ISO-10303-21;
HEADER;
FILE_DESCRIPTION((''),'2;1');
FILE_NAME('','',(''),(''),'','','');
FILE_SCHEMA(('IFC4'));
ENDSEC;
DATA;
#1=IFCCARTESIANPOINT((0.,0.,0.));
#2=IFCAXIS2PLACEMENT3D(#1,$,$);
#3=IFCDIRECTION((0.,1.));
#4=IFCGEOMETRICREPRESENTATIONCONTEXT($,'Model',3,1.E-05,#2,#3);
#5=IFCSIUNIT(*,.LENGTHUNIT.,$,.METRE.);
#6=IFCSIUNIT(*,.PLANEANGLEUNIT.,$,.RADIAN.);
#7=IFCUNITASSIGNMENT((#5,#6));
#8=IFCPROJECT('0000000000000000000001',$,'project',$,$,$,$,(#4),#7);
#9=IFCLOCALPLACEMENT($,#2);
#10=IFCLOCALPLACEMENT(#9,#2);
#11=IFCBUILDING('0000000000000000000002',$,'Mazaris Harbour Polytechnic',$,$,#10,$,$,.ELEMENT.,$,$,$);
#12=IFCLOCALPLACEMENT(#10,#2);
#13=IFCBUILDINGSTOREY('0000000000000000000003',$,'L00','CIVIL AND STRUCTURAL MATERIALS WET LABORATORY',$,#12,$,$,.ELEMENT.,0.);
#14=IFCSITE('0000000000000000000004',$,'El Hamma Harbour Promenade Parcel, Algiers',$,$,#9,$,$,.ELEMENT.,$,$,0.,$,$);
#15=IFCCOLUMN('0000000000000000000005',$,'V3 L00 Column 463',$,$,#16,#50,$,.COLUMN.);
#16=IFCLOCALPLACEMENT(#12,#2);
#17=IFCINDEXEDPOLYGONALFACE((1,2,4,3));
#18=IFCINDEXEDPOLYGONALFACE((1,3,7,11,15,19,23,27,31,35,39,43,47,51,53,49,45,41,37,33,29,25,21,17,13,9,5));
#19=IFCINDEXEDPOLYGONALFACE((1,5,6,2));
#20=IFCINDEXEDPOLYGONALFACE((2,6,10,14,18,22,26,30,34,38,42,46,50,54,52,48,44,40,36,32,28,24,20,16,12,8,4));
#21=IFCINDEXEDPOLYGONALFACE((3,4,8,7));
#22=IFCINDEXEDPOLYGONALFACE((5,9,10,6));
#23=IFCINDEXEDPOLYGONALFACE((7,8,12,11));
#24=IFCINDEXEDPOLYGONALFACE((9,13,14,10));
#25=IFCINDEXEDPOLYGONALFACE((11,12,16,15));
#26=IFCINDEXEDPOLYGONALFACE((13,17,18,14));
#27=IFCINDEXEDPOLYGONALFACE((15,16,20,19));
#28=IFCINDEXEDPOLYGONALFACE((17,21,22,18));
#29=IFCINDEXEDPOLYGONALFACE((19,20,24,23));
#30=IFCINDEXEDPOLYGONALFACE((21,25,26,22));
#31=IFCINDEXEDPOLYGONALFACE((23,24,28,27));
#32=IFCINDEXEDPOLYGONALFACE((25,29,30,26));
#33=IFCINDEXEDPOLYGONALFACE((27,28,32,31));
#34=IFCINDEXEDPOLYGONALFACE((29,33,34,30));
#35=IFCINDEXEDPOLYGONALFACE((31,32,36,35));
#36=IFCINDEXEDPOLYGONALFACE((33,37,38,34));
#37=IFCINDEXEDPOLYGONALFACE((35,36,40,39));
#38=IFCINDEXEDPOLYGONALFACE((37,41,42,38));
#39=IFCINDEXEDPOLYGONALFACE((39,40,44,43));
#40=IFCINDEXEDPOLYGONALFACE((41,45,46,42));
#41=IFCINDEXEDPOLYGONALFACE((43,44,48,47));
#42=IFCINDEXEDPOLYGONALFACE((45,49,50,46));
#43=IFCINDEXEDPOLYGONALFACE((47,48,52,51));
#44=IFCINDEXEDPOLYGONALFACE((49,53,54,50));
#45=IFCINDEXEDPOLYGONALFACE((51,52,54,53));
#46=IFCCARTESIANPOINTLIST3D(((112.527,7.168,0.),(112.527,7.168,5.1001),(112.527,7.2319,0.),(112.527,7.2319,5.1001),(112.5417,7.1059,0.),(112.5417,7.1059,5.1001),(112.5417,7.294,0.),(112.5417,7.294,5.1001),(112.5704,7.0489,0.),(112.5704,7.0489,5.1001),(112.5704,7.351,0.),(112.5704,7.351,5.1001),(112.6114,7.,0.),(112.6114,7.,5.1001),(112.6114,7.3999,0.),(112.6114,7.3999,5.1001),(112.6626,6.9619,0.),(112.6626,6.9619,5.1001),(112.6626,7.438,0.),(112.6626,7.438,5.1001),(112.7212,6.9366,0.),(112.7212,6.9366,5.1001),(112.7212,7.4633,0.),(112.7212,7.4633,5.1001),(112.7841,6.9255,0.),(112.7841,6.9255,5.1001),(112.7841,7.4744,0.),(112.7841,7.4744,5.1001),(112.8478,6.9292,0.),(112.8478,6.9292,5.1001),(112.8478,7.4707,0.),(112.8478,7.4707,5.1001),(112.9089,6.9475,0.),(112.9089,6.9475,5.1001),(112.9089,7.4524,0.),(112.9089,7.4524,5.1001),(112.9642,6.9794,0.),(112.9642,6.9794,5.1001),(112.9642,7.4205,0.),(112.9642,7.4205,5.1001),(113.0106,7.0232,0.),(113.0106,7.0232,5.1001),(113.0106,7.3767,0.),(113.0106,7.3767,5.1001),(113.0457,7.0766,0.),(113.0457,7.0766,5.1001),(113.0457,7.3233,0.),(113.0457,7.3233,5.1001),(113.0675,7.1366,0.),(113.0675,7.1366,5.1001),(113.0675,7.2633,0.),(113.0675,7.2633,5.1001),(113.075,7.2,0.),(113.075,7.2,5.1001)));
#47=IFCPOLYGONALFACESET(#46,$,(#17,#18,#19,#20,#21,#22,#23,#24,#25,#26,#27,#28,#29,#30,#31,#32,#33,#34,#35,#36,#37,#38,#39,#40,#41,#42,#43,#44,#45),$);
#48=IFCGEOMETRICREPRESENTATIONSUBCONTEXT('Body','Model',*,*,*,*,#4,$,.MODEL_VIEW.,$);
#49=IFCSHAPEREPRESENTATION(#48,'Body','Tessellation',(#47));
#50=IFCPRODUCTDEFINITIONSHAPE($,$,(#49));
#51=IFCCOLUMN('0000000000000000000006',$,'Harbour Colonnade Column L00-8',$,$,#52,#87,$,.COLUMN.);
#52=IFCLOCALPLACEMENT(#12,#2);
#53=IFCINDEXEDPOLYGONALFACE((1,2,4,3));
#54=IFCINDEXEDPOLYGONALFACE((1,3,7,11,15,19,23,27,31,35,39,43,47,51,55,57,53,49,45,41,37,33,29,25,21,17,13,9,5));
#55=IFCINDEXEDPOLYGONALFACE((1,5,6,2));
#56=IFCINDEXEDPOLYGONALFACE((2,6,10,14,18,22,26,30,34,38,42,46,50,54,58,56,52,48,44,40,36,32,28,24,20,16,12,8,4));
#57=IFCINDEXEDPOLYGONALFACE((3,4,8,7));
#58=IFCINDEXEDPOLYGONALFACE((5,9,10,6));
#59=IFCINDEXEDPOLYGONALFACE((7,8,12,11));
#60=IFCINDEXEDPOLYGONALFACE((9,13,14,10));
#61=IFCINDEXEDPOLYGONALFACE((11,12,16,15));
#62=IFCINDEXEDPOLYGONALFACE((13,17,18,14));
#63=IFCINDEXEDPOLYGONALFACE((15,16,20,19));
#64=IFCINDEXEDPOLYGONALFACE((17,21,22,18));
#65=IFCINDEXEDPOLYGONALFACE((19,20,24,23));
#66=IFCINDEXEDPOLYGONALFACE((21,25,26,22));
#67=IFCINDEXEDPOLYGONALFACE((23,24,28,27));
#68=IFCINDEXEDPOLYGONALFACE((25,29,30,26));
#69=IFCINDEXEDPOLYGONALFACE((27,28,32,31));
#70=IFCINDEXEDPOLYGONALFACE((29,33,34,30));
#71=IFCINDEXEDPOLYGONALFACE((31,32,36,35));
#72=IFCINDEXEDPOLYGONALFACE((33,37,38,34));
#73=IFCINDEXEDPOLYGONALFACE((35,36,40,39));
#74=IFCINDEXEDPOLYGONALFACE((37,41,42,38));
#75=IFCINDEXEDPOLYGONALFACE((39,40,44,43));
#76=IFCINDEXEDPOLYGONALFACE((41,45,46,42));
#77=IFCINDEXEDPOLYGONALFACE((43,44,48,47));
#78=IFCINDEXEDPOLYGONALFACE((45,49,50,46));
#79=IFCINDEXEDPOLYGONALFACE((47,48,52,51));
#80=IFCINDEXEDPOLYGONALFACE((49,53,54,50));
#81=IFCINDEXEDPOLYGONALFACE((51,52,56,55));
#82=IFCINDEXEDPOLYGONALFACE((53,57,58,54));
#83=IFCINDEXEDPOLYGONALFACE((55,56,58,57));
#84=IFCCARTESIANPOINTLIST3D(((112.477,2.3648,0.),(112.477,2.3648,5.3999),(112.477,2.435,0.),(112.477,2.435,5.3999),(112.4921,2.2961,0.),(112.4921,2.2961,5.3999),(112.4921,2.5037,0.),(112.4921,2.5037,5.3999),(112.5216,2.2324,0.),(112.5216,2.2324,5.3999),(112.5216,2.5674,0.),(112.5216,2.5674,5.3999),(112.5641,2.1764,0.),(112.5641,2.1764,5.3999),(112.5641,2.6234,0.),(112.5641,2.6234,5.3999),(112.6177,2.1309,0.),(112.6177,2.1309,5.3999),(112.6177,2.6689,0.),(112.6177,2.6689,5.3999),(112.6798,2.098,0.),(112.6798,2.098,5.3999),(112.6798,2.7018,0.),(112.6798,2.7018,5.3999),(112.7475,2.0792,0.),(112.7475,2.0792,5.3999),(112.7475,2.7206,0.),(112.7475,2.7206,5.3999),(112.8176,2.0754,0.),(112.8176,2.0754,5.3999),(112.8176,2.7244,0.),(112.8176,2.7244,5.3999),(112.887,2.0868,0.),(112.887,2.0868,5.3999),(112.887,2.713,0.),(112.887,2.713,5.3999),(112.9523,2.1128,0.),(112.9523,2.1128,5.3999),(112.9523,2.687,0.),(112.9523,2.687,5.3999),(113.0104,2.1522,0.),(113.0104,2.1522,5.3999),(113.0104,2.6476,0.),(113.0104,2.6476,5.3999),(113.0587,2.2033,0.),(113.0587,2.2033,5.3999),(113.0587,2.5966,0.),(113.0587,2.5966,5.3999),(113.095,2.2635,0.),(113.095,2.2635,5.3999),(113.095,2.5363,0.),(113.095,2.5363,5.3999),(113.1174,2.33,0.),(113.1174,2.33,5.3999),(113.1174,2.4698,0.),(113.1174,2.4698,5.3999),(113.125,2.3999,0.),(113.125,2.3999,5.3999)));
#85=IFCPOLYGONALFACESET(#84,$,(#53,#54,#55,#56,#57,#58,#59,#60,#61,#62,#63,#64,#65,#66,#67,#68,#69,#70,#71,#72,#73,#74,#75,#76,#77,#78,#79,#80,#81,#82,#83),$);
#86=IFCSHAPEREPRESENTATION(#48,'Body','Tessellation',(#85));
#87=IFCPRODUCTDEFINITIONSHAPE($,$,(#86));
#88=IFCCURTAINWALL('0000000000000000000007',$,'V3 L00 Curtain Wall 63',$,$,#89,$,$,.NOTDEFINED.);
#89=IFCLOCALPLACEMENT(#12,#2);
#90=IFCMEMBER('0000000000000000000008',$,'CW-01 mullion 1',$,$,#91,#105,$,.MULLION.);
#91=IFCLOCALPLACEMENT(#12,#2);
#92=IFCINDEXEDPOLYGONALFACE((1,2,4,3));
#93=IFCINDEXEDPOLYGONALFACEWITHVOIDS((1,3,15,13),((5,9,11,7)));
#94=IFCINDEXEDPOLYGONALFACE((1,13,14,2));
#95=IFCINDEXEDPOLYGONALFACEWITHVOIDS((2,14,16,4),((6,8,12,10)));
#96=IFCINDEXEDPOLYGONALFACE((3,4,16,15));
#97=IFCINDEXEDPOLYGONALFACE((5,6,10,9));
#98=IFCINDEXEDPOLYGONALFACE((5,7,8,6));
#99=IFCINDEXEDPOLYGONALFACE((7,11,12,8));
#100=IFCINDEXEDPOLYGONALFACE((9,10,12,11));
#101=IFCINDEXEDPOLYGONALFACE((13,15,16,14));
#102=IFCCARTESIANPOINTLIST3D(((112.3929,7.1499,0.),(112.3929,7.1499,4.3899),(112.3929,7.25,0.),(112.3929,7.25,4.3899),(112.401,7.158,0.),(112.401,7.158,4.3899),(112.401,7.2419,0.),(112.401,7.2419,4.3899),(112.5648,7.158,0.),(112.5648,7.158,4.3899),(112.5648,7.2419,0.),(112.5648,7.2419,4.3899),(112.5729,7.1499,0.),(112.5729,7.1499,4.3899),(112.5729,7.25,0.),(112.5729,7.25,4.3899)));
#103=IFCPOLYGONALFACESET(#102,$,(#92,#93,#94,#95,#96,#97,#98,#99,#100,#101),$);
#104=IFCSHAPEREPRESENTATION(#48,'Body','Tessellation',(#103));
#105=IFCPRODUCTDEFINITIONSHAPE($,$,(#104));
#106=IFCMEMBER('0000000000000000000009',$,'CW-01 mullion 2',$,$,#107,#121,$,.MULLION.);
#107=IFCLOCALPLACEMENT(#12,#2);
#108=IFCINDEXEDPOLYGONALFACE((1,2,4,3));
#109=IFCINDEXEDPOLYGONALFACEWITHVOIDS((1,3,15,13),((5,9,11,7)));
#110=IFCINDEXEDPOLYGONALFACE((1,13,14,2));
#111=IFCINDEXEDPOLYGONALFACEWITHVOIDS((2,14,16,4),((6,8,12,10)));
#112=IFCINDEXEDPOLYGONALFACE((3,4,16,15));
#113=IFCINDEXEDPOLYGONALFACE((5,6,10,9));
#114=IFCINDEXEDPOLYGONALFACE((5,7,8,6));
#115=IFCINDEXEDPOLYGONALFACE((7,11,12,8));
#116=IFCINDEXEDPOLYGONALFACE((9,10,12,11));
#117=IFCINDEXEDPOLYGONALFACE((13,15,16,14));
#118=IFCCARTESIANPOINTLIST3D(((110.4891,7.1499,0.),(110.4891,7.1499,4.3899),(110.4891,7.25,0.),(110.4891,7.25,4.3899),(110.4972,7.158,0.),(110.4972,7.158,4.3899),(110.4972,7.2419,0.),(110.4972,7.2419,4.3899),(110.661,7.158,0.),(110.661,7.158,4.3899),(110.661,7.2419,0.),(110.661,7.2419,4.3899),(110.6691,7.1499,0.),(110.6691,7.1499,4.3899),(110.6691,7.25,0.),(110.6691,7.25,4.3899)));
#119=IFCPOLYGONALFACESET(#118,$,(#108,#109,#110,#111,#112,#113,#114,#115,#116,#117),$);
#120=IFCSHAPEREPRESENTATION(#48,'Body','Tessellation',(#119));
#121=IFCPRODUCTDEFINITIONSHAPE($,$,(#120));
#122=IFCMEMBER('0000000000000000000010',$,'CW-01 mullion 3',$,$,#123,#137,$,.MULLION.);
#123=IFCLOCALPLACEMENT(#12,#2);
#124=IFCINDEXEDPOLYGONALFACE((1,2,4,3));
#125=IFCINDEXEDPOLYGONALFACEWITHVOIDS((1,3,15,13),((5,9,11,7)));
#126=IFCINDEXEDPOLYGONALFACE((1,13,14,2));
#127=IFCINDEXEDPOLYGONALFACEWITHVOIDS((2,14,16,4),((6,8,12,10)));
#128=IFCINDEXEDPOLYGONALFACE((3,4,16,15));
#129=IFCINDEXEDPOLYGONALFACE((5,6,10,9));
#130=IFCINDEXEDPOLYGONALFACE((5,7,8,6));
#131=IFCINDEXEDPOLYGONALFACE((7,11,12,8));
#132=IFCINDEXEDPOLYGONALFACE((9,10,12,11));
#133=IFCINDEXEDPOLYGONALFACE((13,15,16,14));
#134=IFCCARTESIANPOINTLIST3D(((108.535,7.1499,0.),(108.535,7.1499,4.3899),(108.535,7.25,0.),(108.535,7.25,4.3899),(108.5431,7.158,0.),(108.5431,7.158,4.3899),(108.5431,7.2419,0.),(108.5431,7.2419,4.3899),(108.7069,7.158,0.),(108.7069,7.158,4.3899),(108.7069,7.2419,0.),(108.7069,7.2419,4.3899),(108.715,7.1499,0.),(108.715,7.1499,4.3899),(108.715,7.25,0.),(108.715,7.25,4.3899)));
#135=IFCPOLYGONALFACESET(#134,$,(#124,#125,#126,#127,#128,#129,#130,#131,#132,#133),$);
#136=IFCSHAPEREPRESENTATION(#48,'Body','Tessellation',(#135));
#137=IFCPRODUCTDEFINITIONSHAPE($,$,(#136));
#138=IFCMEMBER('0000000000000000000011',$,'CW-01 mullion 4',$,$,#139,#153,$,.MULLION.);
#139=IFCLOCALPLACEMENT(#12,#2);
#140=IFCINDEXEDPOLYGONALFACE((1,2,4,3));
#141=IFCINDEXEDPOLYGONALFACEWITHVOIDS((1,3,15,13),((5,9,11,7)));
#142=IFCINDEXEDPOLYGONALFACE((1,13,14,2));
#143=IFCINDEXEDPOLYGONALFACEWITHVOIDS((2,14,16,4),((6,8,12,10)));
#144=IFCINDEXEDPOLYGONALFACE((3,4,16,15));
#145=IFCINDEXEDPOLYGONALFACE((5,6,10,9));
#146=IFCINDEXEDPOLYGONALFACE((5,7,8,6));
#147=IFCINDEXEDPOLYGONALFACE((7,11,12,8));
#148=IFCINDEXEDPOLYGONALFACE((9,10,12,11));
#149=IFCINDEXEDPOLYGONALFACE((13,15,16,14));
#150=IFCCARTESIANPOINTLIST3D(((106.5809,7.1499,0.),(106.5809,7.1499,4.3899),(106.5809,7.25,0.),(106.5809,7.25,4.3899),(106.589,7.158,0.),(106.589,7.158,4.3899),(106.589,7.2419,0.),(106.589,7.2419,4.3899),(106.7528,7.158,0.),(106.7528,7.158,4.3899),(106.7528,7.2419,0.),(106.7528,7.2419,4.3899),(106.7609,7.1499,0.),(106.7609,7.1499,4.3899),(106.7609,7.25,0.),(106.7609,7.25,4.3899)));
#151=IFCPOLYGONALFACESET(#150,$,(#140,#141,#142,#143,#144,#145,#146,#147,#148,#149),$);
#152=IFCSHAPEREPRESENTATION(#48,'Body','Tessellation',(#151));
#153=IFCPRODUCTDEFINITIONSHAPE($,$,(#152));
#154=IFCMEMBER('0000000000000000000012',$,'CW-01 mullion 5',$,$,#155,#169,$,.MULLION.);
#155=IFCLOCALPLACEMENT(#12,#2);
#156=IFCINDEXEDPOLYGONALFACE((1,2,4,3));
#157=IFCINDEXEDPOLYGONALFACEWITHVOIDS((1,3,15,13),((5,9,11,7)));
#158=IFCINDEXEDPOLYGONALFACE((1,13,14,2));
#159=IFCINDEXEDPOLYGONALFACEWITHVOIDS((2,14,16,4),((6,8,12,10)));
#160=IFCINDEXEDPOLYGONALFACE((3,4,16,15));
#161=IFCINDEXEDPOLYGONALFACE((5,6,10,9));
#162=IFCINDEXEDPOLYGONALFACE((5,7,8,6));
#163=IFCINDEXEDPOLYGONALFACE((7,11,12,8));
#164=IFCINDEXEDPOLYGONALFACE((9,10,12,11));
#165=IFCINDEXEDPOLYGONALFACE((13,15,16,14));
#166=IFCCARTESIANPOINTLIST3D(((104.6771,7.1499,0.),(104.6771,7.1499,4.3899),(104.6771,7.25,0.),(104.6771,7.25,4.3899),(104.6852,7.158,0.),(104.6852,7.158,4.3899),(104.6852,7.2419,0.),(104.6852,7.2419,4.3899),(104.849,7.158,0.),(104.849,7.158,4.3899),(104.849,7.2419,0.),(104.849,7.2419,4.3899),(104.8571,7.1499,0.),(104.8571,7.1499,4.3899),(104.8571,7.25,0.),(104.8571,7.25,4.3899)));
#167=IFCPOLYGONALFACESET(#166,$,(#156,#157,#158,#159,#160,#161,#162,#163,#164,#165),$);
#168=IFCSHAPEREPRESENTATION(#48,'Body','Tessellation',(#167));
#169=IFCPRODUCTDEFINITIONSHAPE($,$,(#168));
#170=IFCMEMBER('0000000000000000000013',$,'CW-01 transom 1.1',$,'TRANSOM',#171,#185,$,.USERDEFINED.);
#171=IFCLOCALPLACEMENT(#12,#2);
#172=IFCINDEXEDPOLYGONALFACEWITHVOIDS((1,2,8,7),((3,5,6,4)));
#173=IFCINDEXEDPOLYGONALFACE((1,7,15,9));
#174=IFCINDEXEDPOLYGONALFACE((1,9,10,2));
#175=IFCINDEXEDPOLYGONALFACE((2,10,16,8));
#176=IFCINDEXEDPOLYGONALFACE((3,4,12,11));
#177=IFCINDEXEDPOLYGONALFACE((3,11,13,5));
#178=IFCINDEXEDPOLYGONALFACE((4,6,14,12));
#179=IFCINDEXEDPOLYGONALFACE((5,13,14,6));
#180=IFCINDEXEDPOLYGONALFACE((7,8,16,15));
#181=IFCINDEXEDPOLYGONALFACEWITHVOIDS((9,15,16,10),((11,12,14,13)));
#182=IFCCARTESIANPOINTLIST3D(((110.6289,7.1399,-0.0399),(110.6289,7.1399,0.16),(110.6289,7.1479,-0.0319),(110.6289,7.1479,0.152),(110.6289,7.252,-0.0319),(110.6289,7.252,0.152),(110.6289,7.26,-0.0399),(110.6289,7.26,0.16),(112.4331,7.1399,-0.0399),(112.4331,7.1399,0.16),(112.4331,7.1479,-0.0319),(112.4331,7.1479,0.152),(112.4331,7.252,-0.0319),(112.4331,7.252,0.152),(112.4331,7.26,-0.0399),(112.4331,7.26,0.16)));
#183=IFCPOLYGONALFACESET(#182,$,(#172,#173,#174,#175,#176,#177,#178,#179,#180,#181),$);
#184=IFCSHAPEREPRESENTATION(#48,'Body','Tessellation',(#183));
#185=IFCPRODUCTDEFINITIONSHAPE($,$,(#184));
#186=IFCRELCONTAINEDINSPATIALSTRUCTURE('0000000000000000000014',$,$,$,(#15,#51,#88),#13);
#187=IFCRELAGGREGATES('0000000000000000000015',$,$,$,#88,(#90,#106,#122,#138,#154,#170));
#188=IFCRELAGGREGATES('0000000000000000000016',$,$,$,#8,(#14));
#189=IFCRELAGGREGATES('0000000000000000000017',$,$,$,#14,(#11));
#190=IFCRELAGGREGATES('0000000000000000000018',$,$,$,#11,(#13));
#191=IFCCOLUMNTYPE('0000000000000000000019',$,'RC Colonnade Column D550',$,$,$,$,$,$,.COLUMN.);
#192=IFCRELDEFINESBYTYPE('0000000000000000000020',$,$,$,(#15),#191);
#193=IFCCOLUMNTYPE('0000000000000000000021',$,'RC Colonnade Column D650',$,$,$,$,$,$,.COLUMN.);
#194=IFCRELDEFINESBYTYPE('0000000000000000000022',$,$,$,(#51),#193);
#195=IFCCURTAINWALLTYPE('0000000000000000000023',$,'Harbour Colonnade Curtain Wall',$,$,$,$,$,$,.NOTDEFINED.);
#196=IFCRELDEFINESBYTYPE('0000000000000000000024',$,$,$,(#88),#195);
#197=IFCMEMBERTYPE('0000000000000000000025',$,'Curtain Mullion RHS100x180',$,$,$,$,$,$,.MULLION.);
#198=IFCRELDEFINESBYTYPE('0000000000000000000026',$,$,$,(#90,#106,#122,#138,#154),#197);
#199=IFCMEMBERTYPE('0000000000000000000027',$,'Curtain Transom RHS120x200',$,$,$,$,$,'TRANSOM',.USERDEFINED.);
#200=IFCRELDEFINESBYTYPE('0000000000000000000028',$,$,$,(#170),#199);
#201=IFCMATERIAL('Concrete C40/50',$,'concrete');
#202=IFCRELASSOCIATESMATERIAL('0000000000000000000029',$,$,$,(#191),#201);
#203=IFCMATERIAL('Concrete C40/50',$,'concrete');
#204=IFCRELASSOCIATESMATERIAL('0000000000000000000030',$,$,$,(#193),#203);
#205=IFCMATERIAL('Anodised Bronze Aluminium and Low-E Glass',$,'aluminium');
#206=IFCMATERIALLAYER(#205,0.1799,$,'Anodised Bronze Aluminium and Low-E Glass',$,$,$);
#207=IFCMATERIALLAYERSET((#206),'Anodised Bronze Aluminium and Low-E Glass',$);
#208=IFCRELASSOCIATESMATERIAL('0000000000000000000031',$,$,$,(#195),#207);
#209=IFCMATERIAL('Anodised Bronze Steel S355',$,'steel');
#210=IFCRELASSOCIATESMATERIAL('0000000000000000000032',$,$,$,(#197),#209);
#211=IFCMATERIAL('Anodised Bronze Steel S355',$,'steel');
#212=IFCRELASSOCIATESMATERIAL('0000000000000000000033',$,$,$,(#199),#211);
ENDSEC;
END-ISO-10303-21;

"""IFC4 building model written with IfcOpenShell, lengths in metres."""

from ifc_helpers import new_model, si_unit, direction, frame, origin, origin_2d, place, context, subcontext, project, spatial, hollow_rectangle, circle, extrude, material, layer, layer_set, material_profile, profile_set, type_object, element, aggregate, save


model = new_model("IFC4")

# Units and contexts
model_context = context("Model", 3, precision=1e-05, world=origin(), true_north=direction((0.0, 1.0)))
body_context = subcontext(model_context, "Body", "Model", "MODEL_VIEW")
ifc_project = project(units=[si_unit("LENGTHUNIT", "METRE"), si_unit("PLANEANGLEUNIT", "RADIAN")], contexts=[model_context])

# Site, building, storey
site_placement = place(None, origin())
site = spatial("IfcSite", under=ifc_project, at=site_placement, Name="El Hamma Harbour Promenade Parcel, Algiers", CompositionType="ELEMENT", RefElevation=0.0)
building_placement = place(site_placement, origin())
building = spatial("IfcBuilding", under=site, at=building_placement, Name="Mazaris Harbour Polytechnic", CompositionType="ELEMENT")
storey_placement = place(building_placement, origin())
storey = spatial("IfcBuildingStorey", under=building, at=storey_placement, Name="L00", Description="CIVIL AND STRUCTURAL MATERIALS WET LABORATORY", CompositionType="ELEMENT", Elevation=0.0)

# Columns
ifc_material_1 = material(Name="Concrete C40/50", Category="concrete")
ifc_material_profile_1 = material_profile(ifc_material_1, circle(Radius=0.2749, at=origin_2d()), Name="DIA550")
ifc_profile_set_1 = profile_set([ifc_material_profile_1], Name="Concrete C40/50")
column_type_1 = type_object("IfcColumnType", Name="RC Colonnade Column D550", PredefinedType="COLUMN", material=ifc_profile_set_1)
column_1_placement = place(storey_placement, frame((112.8, 7.2, 0.0), z_axis=(0.0, 0.0, 1.0), x_axis=(1.0, 0.0, 0.0)))
element("IfcColumn", 1, at=column_1_placement, inside=storey, type_object=column_type_1, Name="V3 L00 Column 463", PredefinedType="COLUMN", context=body_context, shape_type="SweptSolid", body=[
    extrude(circle(Radius=0.2749, at=origin_2d()), origin(), (0.0, 0.0, 1.0), 5.1001),
])
ifc_material_2 = material(Name="Concrete C40/50", Category="concrete")
ifc_material_profile_2 = material_profile(ifc_material_2, circle(Radius=0.325, at=origin_2d()), Name="DIA650")
ifc_profile_set_2 = profile_set([ifc_material_profile_2], Name="Concrete C40/50")
column_type_2 = type_object("IfcColumnType", Name="RC Colonnade Column D650", PredefinedType="COLUMN", material=ifc_profile_set_2)
column_2_placement = place(storey_placement, frame((112.8, 2.3999, 0.0), z_axis=(0.0, 0.0, 1.0), x_axis=(1.0, 0.0, 0.0)))
element("IfcColumn", 2, at=column_2_placement, inside=storey, type_object=column_type_2, Name="Harbour Colonnade Column L00-8", PredefinedType="COLUMN", context=body_context, shape_type="SweptSolid", body=[
    extrude(circle(Radius=0.325, at=origin_2d()), origin(), (0.0, 0.0, 1.0), 5.3999),
])

# Curtain wall, members
ifc_material_3 = material(Name="Anodised Bronze Aluminium and Low-E Glass", Category="aluminium")
ifc_layer_1 = layer(ifc_material_3, 0.1799, Name="Anodised Bronze Aluminium and Low-E Glass")
ifc_layer_set_1 = layer_set([ifc_layer_1], Name="Anodised Bronze Aluminium and Low-E Glass")
curtain_wall_type = type_object("IfcCurtainWallType", Name="Harbour Colonnade Curtain Wall", PredefinedType="NOTDEFINED", material=ifc_layer_set_1)
curtain_wall_placement = place(storey_placement, origin())
curtain_wall = element("IfcCurtainWall", 3, at=curtain_wall_placement, inside=storey, type_object=curtain_wall_type, Name="V3 L00 Curtain Wall 63", PredefinedType="NOTDEFINED")
ifc_material_4 = material(Name="Anodised Bronze Steel S355", Category="steel")
ifc_material_profile_3 = material_profile(ifc_material_4, hollow_rectangle(XDim=0.1001, YDim=0.1799, WallThickness=0.0081, at=origin_2d()), Name="RHS 100x180x8.0")
ifc_profile_set_3 = profile_set([ifc_material_profile_3], Name="Anodised Bronze Steel S355")
member_type_1 = type_object("IfcMemberType", Name="Curtain Mullion RHS100x180", PredefinedType="MULLION", material=ifc_profile_set_3)
member_1_placement = place(storey_placement, frame((112.4829, 7.2, 0.0), z_axis=(0.0, 0.0, 1.0), x_axis=(0.0, -1.0, 0.0)))
member_1 = element("IfcMember", 4, at=member_1_placement, type_object=member_type_1, Name="CW-01 mullion 1", PredefinedType="MULLION", context=body_context, shape_type="SweptSolid", body=[
    extrude(hollow_rectangle(XDim=0.1001, YDim=0.1799, WallThickness=0.0081, at=origin_2d()), origin(), (0.0, 0.0, 1.0), 4.3899),
])
member_2_placement = place(storey_placement, frame((110.5791, 7.2, 0.0), z_axis=(0.0, 0.0, 1.0), x_axis=(0.0, -1.0, 0.0)))
member_2 = element("IfcMember", 5, at=member_2_placement, type_object=member_type_1, Name="CW-01 mullion 2", PredefinedType="MULLION", context=body_context, shape_type="SweptSolid", body=[
    extrude(hollow_rectangle(XDim=0.1001, YDim=0.1799, WallThickness=0.0081, at=origin_2d()), origin(), (0.0, 0.0, 1.0), 4.3899),
])
member_3_placement = place(storey_placement, frame((108.625, 7.2, 0.0), z_axis=(0.0, 0.0, 1.0), x_axis=(0.0, -1.0, 0.0)))
member_3 = element("IfcMember", 6, at=member_3_placement, type_object=member_type_1, Name="CW-01 mullion 3", PredefinedType="MULLION", context=body_context, shape_type="SweptSolid", body=[
    extrude(hollow_rectangle(XDim=0.1001, YDim=0.1799, WallThickness=0.0081, at=origin_2d()), origin(), (0.0, 0.0, 1.0), 4.3899),
])
member_4_placement = place(storey_placement, frame((106.6709, 7.2, 0.0), z_axis=(0.0, 0.0, 1.0), x_axis=(0.0, -1.0, 0.0)))
member_4 = element("IfcMember", 7, at=member_4_placement, type_object=member_type_1, Name="CW-01 mullion 4", PredefinedType="MULLION", context=body_context, shape_type="SweptSolid", body=[
    extrude(hollow_rectangle(XDim=0.1001, YDim=0.1799, WallThickness=0.0081, at=origin_2d()), origin(), (0.0, 0.0, 1.0), 4.3899),
])
member_5_placement = place(storey_placement, frame((104.7671, 7.2, 0.0), z_axis=(0.0, 0.0, 1.0), x_axis=(0.0, -1.0, 0.0)))
member_5 = element("IfcMember", 8, at=member_5_placement, type_object=member_type_1, Name="CW-01 mullion 5", PredefinedType="MULLION", context=body_context, shape_type="SweptSolid", body=[
    extrude(hollow_rectangle(XDim=0.1001, YDim=0.1799, WallThickness=0.0081, at=origin_2d()), origin(), (0.0, 0.0, 1.0), 4.3899),
])
ifc_material_5 = material(Name="Anodised Bronze Steel S355", Category="steel")
ifc_material_profile_4 = material_profile(ifc_material_5, hollow_rectangle(XDim=0.1201, YDim=0.2, WallThickness=0.0081, at=origin_2d()), Name="RHS 120x200x8.0")
ifc_profile_set_4 = profile_set([ifc_material_profile_4], Name="Anodised Bronze Steel S355")
member_type_2 = type_object("IfcMemberType", Name="Curtain Transom RHS120x200", ElementType="TRANSOM", PredefinedType="USERDEFINED", material=ifc_profile_set_4)
member_6_placement = place(storey_placement, frame((112.4331, 7.2, 0.0601), z_axis=(-1.0, 0.0, 0.0), x_axis=(0.0, -1.0, 0.0)))
member_6 = element("IfcMember", 9, at=member_6_placement, type_object=member_type_2, Name="CW-01 transom 1.1", ObjectType="TRANSOM", PredefinedType="USERDEFINED", context=body_context, shape_type="SweptSolid", body=[
    extrude(hollow_rectangle(XDim=0.1201, YDim=0.2, WallThickness=0.0081, at=origin_2d()), origin(), (0.0, 0.0, 1.0), 1.8042),
])

aggregate(curtain_wall, [member_1, member_2, member_3, member_4, member_5, member_6])

save(model, "model.ifc")
